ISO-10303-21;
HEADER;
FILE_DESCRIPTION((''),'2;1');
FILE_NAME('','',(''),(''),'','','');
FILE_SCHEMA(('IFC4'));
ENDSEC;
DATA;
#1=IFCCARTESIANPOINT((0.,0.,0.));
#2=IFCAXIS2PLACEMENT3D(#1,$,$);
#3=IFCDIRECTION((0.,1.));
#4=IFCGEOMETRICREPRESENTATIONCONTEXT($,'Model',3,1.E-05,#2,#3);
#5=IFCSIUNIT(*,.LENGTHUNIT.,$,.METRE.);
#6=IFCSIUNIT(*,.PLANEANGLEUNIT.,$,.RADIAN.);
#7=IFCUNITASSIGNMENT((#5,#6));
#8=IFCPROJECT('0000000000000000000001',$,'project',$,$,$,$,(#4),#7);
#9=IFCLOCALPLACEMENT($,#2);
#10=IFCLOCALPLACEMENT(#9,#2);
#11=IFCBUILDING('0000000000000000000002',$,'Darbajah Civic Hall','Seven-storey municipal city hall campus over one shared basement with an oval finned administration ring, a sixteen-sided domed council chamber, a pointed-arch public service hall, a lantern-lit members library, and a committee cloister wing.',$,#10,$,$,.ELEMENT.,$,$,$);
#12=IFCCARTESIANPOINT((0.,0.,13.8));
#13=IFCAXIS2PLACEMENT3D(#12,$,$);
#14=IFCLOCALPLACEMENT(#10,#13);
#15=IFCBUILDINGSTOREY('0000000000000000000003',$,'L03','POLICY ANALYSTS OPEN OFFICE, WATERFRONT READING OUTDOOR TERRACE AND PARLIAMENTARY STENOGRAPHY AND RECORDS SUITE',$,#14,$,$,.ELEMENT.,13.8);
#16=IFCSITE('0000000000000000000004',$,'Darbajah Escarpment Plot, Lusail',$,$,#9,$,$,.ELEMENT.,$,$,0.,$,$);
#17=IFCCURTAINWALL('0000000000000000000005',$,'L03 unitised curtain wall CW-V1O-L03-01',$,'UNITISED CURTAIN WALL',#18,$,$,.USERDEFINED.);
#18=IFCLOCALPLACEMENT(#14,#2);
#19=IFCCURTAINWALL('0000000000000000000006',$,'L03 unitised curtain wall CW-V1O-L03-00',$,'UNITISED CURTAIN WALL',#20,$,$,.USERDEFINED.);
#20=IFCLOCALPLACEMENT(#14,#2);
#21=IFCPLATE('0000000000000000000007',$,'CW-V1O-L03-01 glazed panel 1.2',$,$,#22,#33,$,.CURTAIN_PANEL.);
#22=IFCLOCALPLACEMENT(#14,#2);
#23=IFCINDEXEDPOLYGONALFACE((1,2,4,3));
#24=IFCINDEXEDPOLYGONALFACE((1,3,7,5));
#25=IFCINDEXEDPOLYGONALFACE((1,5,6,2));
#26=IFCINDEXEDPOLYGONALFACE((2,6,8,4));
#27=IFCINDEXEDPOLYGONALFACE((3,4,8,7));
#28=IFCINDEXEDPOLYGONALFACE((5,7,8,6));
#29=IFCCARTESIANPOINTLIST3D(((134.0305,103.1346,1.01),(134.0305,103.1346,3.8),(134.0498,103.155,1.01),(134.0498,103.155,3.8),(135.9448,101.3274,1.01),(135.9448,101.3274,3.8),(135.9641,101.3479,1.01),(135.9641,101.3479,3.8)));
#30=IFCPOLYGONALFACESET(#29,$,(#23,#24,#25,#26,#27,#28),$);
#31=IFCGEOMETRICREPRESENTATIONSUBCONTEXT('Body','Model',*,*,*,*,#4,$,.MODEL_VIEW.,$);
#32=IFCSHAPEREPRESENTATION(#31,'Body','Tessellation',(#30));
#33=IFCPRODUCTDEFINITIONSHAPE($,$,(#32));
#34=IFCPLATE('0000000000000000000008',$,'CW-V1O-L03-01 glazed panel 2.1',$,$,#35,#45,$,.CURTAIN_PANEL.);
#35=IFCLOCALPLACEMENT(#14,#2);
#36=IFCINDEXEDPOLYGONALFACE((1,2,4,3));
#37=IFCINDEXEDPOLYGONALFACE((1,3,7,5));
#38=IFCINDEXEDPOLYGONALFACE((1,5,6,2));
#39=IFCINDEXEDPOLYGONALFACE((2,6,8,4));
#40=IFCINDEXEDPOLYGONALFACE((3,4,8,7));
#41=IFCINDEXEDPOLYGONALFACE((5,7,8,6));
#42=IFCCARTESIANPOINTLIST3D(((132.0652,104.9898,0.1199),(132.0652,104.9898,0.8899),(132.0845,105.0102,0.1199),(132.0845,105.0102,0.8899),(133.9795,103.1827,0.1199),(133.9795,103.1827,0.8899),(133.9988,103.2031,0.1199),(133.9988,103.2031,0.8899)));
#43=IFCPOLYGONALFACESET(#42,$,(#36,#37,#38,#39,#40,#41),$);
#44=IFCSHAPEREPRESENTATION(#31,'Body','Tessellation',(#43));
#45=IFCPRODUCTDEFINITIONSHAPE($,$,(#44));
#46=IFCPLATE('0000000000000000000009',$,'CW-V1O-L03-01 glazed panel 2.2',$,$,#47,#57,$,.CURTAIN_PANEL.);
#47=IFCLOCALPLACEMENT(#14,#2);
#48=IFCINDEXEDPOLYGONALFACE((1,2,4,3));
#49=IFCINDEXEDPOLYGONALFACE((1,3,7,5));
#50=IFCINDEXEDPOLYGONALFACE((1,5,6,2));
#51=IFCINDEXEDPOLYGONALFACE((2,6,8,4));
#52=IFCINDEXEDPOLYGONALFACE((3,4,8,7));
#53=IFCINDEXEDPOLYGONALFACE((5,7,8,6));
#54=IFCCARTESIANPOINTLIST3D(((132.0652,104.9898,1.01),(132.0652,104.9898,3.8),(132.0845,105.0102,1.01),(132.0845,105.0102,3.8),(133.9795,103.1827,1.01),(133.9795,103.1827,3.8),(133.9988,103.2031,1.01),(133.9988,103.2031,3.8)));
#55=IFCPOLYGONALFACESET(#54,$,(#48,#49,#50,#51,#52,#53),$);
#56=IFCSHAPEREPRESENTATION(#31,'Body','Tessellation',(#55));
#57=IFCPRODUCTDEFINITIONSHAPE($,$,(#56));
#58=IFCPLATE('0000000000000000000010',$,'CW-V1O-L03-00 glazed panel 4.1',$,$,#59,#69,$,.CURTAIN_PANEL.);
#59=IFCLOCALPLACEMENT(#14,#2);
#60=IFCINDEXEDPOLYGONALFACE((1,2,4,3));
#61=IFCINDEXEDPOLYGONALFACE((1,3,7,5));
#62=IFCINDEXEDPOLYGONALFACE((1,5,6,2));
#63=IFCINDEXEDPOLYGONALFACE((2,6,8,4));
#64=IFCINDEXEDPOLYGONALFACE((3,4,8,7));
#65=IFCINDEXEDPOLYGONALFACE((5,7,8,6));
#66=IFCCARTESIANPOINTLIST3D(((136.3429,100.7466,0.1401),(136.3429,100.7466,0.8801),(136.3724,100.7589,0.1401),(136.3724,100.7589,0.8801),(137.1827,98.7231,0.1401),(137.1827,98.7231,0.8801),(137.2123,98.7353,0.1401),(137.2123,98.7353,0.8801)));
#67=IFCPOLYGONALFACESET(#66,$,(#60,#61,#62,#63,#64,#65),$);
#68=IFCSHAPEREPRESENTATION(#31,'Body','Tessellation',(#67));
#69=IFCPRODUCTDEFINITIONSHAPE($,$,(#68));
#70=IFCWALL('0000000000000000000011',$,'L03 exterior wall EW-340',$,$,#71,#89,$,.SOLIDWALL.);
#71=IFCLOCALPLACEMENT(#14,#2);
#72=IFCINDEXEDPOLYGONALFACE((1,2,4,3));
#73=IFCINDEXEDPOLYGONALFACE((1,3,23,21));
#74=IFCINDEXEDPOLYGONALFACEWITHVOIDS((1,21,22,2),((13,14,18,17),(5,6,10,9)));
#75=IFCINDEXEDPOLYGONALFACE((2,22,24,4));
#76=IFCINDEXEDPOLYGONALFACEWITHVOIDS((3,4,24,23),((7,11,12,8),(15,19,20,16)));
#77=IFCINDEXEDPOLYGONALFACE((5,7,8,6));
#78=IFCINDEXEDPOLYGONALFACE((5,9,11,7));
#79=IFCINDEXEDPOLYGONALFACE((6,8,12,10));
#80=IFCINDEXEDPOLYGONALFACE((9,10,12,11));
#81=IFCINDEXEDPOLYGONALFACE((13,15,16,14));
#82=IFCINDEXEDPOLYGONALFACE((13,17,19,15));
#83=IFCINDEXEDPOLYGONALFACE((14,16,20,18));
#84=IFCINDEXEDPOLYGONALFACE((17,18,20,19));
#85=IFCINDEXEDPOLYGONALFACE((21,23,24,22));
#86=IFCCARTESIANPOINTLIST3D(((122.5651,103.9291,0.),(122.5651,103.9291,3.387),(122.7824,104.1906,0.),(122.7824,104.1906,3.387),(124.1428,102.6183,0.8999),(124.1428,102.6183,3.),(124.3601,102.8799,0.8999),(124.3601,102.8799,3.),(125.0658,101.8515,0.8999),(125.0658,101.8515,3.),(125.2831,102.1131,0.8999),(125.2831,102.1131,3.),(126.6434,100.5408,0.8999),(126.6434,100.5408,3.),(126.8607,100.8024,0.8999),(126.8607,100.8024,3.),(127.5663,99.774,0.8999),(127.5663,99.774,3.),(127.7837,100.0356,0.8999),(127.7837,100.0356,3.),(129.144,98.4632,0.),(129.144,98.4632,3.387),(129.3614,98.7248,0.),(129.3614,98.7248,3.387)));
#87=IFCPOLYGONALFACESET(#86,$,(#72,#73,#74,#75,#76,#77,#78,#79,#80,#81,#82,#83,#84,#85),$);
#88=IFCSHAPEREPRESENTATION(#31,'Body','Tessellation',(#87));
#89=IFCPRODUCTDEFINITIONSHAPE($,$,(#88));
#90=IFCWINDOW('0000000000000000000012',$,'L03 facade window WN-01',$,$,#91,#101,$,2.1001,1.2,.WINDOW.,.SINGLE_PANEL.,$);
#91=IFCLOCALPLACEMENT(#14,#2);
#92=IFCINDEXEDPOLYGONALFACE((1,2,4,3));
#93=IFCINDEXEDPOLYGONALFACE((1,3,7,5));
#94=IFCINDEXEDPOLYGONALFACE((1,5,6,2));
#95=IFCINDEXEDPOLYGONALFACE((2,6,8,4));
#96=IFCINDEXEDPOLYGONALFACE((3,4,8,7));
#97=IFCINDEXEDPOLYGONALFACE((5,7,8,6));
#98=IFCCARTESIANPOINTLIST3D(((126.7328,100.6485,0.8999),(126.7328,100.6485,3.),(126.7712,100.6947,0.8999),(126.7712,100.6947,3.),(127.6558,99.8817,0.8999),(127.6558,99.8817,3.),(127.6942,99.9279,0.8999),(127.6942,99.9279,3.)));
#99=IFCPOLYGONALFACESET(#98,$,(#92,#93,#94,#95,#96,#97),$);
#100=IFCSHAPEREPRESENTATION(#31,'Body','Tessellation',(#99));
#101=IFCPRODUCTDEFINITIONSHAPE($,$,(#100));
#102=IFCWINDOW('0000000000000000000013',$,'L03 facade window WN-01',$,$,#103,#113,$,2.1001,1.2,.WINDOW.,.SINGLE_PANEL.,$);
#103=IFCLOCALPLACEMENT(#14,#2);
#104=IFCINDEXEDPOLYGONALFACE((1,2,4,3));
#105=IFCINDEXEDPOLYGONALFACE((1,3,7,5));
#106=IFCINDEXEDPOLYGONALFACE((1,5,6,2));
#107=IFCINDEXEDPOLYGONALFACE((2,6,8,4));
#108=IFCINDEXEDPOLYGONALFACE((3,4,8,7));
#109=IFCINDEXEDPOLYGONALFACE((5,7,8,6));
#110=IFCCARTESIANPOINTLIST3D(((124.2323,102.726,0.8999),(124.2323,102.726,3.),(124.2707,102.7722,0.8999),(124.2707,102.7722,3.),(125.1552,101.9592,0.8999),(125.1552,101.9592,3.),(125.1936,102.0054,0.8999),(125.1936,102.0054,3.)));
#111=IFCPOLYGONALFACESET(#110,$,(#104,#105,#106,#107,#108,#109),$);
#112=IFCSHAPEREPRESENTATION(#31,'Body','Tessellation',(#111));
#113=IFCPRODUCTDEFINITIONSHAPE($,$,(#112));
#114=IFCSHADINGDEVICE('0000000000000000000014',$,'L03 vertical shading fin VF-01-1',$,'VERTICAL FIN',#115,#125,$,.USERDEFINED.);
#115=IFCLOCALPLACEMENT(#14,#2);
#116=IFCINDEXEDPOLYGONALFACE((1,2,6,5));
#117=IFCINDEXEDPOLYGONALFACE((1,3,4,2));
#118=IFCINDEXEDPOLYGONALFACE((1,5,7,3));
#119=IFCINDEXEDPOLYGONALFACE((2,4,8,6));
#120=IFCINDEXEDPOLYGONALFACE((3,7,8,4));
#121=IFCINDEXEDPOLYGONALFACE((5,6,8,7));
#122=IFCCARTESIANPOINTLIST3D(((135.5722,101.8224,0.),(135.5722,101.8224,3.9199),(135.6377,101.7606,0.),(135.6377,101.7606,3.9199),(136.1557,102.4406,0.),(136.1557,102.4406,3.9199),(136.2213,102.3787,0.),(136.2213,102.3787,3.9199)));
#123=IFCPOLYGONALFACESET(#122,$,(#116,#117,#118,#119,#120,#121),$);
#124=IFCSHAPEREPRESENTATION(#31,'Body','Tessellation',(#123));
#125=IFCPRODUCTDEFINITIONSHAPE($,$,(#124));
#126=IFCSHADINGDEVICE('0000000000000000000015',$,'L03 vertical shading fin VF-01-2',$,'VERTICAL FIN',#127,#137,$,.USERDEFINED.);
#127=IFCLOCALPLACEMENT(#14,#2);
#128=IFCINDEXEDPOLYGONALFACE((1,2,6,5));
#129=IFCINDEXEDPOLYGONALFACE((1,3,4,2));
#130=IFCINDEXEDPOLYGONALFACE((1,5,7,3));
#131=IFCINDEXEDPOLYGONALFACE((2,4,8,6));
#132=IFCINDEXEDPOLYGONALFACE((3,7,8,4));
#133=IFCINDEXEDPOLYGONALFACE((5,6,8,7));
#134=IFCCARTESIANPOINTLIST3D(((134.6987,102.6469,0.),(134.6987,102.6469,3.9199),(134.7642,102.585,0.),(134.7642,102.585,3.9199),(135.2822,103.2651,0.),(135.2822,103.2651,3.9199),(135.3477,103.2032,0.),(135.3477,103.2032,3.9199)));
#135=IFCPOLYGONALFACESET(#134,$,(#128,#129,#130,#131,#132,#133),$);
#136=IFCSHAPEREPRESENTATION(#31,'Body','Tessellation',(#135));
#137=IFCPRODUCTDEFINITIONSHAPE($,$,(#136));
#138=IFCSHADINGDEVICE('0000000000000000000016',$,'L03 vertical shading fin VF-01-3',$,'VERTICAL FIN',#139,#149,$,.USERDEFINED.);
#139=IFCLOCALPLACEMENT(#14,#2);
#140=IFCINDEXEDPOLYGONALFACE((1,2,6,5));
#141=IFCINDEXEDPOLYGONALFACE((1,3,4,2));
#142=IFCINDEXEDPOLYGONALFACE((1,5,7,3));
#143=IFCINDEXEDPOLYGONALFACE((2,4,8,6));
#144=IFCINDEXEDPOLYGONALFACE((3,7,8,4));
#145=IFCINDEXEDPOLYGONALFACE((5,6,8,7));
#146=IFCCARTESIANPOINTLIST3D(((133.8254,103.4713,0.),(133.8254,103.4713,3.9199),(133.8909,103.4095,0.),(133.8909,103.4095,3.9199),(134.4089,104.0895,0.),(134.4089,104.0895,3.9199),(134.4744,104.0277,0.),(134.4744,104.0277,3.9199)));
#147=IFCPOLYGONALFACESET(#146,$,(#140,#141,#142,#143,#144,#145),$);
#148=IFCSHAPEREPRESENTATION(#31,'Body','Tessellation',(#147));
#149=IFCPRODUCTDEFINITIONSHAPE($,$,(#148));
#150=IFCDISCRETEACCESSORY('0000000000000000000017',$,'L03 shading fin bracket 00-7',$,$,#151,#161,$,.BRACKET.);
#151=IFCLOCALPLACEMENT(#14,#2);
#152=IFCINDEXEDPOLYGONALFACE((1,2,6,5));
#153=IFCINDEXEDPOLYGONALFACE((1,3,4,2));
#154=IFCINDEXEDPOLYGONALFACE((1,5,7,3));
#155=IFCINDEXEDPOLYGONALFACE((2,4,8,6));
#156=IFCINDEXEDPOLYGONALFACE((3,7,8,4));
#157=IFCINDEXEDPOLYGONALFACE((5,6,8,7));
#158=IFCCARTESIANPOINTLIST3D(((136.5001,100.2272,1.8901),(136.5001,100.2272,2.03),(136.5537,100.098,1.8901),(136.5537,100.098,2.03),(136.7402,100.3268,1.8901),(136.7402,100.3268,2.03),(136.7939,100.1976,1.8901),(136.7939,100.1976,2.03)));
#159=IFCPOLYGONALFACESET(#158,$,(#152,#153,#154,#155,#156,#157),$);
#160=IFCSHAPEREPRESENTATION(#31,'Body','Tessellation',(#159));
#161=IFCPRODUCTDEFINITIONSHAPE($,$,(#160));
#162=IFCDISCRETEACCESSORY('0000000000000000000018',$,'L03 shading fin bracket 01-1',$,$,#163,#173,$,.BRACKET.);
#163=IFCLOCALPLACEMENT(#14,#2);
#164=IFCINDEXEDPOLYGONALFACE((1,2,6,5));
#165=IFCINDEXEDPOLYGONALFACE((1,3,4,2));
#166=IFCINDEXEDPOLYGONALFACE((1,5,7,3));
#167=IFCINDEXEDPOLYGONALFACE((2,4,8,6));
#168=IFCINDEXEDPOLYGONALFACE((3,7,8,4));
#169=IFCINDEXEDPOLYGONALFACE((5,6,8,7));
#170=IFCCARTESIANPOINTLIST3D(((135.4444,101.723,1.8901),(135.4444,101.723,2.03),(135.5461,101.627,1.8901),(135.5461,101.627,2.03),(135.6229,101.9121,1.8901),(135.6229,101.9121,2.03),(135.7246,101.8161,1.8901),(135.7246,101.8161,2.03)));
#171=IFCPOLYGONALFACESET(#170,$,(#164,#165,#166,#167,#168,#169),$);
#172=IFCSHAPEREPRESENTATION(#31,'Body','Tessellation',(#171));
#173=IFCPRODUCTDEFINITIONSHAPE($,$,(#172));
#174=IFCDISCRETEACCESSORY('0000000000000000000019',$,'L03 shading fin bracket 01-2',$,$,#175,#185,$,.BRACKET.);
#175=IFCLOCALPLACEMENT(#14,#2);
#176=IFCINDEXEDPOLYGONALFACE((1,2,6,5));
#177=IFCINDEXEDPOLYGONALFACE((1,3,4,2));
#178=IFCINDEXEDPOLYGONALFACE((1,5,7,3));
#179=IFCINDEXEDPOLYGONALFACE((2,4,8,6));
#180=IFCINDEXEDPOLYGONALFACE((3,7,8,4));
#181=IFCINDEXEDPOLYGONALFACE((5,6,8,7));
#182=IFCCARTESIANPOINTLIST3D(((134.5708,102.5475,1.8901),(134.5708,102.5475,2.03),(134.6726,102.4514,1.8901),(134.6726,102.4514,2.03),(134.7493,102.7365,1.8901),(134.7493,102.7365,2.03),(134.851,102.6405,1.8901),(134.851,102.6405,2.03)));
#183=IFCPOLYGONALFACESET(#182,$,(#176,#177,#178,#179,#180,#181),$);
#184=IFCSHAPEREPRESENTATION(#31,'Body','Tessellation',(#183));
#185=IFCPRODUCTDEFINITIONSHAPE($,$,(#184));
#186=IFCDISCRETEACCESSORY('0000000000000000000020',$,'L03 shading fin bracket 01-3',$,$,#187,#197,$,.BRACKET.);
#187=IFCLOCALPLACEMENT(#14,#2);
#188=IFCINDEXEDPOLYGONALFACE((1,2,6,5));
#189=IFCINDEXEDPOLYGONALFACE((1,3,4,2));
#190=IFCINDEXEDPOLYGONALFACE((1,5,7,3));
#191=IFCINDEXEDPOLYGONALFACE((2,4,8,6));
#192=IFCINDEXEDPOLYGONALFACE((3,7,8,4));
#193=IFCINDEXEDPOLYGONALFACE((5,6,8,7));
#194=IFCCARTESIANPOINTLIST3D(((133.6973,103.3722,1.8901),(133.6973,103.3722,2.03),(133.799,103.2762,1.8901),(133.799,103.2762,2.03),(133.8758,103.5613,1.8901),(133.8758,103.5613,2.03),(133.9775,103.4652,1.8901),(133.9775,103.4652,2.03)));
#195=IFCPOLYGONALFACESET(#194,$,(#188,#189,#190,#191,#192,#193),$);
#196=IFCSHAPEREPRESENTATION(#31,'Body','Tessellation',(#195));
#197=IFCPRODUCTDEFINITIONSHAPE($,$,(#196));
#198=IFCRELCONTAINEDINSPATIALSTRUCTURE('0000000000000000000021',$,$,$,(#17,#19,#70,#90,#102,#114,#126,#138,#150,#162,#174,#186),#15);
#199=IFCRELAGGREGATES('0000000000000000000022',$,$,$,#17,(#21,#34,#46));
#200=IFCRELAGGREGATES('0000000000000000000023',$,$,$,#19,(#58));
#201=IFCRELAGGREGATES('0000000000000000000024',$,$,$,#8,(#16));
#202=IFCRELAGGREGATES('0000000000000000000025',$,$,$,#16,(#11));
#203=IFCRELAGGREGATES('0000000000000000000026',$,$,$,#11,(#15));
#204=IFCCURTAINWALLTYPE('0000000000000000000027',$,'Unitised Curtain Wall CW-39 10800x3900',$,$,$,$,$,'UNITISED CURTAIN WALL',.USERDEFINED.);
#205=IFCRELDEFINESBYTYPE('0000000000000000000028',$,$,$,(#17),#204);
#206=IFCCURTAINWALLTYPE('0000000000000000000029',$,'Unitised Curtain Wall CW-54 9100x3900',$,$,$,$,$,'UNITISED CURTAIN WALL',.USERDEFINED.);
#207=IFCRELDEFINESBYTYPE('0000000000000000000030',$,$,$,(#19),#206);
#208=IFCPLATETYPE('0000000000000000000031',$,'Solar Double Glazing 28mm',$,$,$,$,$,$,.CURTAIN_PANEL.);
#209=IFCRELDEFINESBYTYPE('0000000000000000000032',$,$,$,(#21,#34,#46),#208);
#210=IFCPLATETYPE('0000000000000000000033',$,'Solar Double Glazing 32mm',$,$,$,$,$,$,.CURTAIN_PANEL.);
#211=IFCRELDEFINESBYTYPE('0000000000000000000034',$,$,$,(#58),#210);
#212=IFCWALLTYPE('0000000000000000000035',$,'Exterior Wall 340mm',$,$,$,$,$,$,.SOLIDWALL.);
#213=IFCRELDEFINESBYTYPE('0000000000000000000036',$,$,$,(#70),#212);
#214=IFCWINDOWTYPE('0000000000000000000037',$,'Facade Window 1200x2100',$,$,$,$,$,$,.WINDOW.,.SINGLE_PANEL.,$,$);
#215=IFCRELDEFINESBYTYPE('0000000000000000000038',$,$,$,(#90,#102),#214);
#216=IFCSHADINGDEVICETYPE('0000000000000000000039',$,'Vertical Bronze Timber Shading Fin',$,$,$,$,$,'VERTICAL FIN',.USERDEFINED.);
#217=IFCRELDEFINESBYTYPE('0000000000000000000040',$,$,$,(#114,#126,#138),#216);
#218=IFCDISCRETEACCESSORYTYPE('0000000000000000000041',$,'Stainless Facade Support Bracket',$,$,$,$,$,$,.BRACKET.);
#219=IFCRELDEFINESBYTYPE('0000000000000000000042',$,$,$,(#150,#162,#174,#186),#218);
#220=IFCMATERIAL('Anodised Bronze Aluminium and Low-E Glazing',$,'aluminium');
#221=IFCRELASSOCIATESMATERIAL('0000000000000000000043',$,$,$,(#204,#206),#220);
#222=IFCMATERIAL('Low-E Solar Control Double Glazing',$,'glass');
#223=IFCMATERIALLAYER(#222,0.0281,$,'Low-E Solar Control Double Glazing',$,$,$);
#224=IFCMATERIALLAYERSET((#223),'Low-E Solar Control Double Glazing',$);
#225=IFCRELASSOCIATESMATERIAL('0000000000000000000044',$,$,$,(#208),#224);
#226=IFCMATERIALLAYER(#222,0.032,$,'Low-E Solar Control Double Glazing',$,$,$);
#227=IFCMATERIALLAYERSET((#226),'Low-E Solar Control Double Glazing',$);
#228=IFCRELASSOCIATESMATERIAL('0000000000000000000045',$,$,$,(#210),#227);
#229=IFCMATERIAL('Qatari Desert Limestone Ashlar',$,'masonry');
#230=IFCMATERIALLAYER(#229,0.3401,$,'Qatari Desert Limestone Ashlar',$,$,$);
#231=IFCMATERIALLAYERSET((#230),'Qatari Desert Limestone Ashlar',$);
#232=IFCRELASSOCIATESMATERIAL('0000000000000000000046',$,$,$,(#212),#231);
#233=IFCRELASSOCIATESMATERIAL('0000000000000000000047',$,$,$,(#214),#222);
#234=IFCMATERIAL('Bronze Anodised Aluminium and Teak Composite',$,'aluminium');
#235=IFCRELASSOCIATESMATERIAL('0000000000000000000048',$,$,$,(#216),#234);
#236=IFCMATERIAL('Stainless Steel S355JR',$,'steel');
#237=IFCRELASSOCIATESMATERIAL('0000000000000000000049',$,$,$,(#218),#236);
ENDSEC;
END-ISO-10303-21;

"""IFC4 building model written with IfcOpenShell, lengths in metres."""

from ifc_helpers import new_model, si_unit, direction, frame, frame_2d, origin, origin_2d, place, context, subcontext, project, spatial, rectangle, extrude, material, layer, layer_set, type_object, element, fill, aggregate, save


model = new_model("IFC4")

# Units and contexts
model_context = context("Model", 3, precision=1e-05, world=origin(), true_north=direction((0.0, 1.0)))
body_context = subcontext(model_context, "Body", "Model", "MODEL_VIEW")
ifc_project = project(units=[si_unit("LENGTHUNIT", "METRE"), si_unit("PLANEANGLEUNIT", "RADIAN")], contexts=[model_context])

# Site, building, storey
site_placement = place(None, origin())
site = spatial("IfcSite", under=ifc_project, at=site_placement, Name="Darbajah Escarpment Plot, Lusail", CompositionType="ELEMENT", RefElevation=0.0)
building_placement = place(site_placement, origin())
building = spatial("IfcBuilding", under=site, at=building_placement, Name="Darbajah Civic Hall", Description="Seven-storey municipal city hall campus over one shared basement with an oval finned administration ring, a sixteen-sided domed council chamber, a pointed-arch public service hall, a lantern-lit members library, and a committee cloister wing.", CompositionType="ELEMENT")
storey_placement = place(building_placement, frame((0.0, 0.0, 13.8)))
storey = spatial("IfcBuildingStorey", under=building, at=storey_placement, Name="L03", Description="POLICY ANALYSTS OPEN OFFICE, WATERFRONT READING OUTDOOR TERRACE AND PARLIAMENTARY STENOGRAPHY AND RECORDS SUITE", CompositionType="ELEMENT", Elevation=13.8)

# Curtain wall
ifc_material_1 = material(Name="Anodised Bronze Aluminium and Low-E Glazing", Category="aluminium")
curtain_wall_type_1 = type_object("IfcCurtainWallType", Name="Unitised Curtain Wall CW-39 10800x3900", ElementType="UNITISED CURTAIN WALL", PredefinedType="USERDEFINED", material=ifc_material_1)
curtain_wall_1_placement = place(storey_placement, origin())
curtain_wall_1 = element("IfcCurtainWall", 1, at=curtain_wall_1_placement, inside=storey, type_object=curtain_wall_type_1, Name="L03 unitised curtain wall CW-V1O-L03-01", ObjectType="UNITISED CURTAIN WALL", PredefinedType="USERDEFINED")

# Curtain wall
curtain_wall_type_2 = type_object("IfcCurtainWallType", Name="Unitised Curtain Wall CW-54 9100x3900", ElementType="UNITISED CURTAIN WALL", PredefinedType="USERDEFINED", material=ifc_material_1)
curtain_wall_2_placement = place(storey_placement, origin())
curtain_wall_2 = element("IfcCurtainWall", 2, at=curtain_wall_2_placement, inside=storey, type_object=curtain_wall_type_2, Name="L03 unitised curtain wall CW-V1O-L03-00", ObjectType="UNITISED CURTAIN WALL", PredefinedType="USERDEFINED")

# Plates
ifc_material_2 = material(Name="Low-E Solar Control Double Glazing", Category="glass")
ifc_layer_1 = layer(ifc_material_2, 0.0281, Name="Low-E Solar Control Double Glazing")
ifc_layer_set_1 = layer_set([ifc_layer_1], Name="Low-E Solar Control Double Glazing")
plate_type_1 = type_object("IfcPlateType", Name="Solar Double Glazing 28mm", PredefinedType="CURTAIN_PANEL", material=ifc_layer_set_1)
plate_1_placement = place(storey_placement, frame((134.9973, 102.2412, 1.01), z_axis=(0.0, 0.0, 1.0), x_axis=(-0.727174, 0.686453, 0.0)))
plate_1 = element("IfcPlate", 3, at=plate_1_placement, type_object=plate_type_1, Name="CW-V1O-L03-01 glazed panel 1.2", PredefinedType="CURTAIN_PANEL", context=body_context, shape_type="SweptSolid", body=[
    extrude(rectangle(XDim=2.6326, YDim=0.0281, at=origin_2d()), origin(), (0.0, 0.0, 1.0), 2.79),
])
plate_2_placement = place(storey_placement, frame((133.032, 104.0964, 0.1199), z_axis=(0.0, 0.0, 1.0), x_axis=(-0.727174, 0.686453, 0.0)))
plate_2 = element("IfcPlate", 4, at=plate_2_placement, type_object=plate_type_1, Name="CW-V1O-L03-01 glazed panel 2.1", PredefinedType="CURTAIN_PANEL", context=body_context, shape_type="SweptSolid", body=[
    extrude(rectangle(XDim=2.6326, YDim=0.0281, at=origin_2d()), origin(), (0.0, 0.0, 1.0), 0.77),
])
plate_3_placement = place(storey_placement, frame((133.032, 104.0964, 1.01), z_axis=(0.0, 0.0, 1.0), x_axis=(-0.727174, 0.686453, 0.0)))
plate_3 = element("IfcPlate", 5, at=plate_3_placement, type_object=plate_type_1, Name="CW-V1O-L03-01 glazed panel 2.2", PredefinedType="CURTAIN_PANEL", context=body_context, shape_type="SweptSolid", body=[
    extrude(rectangle(XDim=2.6326, YDim=0.0281, at=origin_2d()), origin(), (0.0, 0.0, 1.0), 2.79),
])
aggregate(curtain_wall_1, [plate_1, plate_2, plate_3])
ifc_layer_2 = layer(ifc_material_2, 0.032, Name="Low-E Solar Control Double Glazing")
ifc_layer_set_2 = layer_set([ifc_layer_2], Name="Low-E Solar Control Double Glazing")
plate_type_2 = type_object("IfcPlateType", Name="Solar Double Glazing 32mm", PredefinedType="CURTAIN_PANEL", material=ifc_layer_set_2)
plate_4_placement = place(storey_placement, frame((136.7776, 99.741, 0.1401), z_axis=(0.0, 0.0, 1.0), x_axis=(-0.383328, 0.923612, 0.0)))
plate_4 = element("IfcPlate", 6, at=plate_4_placement, type_object=plate_type_2, Name="CW-V1O-L03-00 glazed panel 4.1", PredefinedType="CURTAIN_PANEL", context=body_context, shape_type="SweptSolid", body=[
    extrude(rectangle(XDim=2.1909, YDim=0.032, at=origin_2d()), origin(), (0.0, 0.0, 1.0), 0.74),
])
aggregate(curtain_wall_2, [plate_4])

# Wall, openings, windows
ifc_material_3 = material(Name="Qatari Desert Limestone Ashlar", Category="masonry")
ifc_layer_3 = layer(ifc_material_3, 0.3401, Name="Qatari Desert Limestone Ashlar")
ifc_layer_set_3 = layer_set([ifc_layer_3], Name="Qatari Desert Limestone Ashlar")
wall_type = type_object("IfcWallType", Name="Exterior Wall 340mm", PredefinedType="SOLIDWALL", material=ifc_layer_set_3)
wall_placement = place(storey_placement, frame((129.2527, 98.594, 0.0), z_axis=(0.0, 0.0, 1.0), x_axis=(-0.769173, 0.639041, 0.0)))
wall = element("IfcWall", 7, at=wall_placement, inside=storey, type_object=wall_type, Name="L03 exterior wall EW-340", PredefinedType="SOLIDWALL", context=body_context, shape_type="SweptSolid", body=[
    extrude(rectangle(XDim=8.5532, YDim=0.3401, at=frame_2d((4.2766, 0.0))), origin(), (0.0, 0.0, 1.0), 3.387),
])
opening_1_placement = place(wall_placement, frame((2.051, 0.0, 0.8999)))
opening_1 = element("IfcOpeningElement", 8, at=opening_1_placement, cuts=wall, PredefinedType="OPENING", context=body_context, shape_type="SweptSolid", body=[
    extrude(rectangle(XDim=1.2, YDim=2.1001, at=frame_2d((0.6001, 1.05))), frame((0.0, 0.1799, 0.0), z_axis=(0.0, -1.0, 0.0), x_axis=(1.0, 0.0, 0.0)), (0.0, 0.0, 1.0), 0.3601),
])
opening_2_placement = place(wall_placement, frame((5.302, 0.0, 0.8999)))
opening_2 = element("IfcOpeningElement", 9, at=opening_2_placement, cuts=wall, PredefinedType="OPENING", context=body_context, shape_type="SweptSolid", body=[
    extrude(rectangle(XDim=1.2, YDim=2.1001, at=frame_2d((0.6001, 1.05))), frame((0.0, 0.1799, 0.0), z_axis=(0.0, -1.0, 0.0), x_axis=(1.0, 0.0, 0.0)), (0.0, 0.0, 1.0), 0.3601),
])
window_type = type_object("IfcWindowType", Name="Facade Window 1200x2100", PartitioningType="SINGLE_PANEL", PredefinedType="WINDOW", material=ifc_material_2)
window_1_placement = place(opening_1_placement, origin())
window_1 = element("IfcWindow", 10, at=window_1_placement, inside=storey, type_object=window_type, Name="L03 facade window WN-01", OverallHeight=2.1001, OverallWidth=1.2, PartitioningType="SINGLE_PANEL", PredefinedType="WINDOW", context=body_context, shape_type="SweptSolid", body=[
    extrude(rectangle(XDim=1.2, YDim=2.1001, at=frame_2d((0.6001, 1.05))), frame((0.0, 0.03, 0.0), z_axis=(0.0, -1.0, 0.0), x_axis=(1.0, 0.0, 0.0)), (0.0, 0.0, 1.0), 0.0601),
])
fill(opening_1, window_1)
window_2_placement = place(opening_2_placement, origin())
window_2 = element("IfcWindow", 11, at=window_2_placement, inside=storey, type_object=window_type, Name="L03 facade window WN-01", OverallHeight=2.1001, OverallWidth=1.2, PartitioningType="SINGLE_PANEL", PredefinedType="WINDOW", context=body_context, shape_type="SweptSolid", body=[
    extrude(rectangle(XDim=1.2, YDim=2.1001, at=frame_2d((0.6001, 1.05))), frame((0.0, 0.03, 0.0), z_axis=(0.0, -1.0, 0.0), x_axis=(1.0, 0.0, 0.0)), (0.0, 0.0, 1.0), 0.0601),
])
fill(opening_2, window_2)

# Shading devices
ifc_material_4 = material(Name="Bronze Anodised Aluminium and Teak Composite", Category="aluminium")
shading_device_type = type_object("IfcShadingDeviceType", Name="Vertical Bronze Timber Shading Fin", ElementType="VERTICAL FIN", PredefinedType="USERDEFINED", material=ifc_material_4)
for number, where, z_axis, x_axis, name in (
    (12, (135.8967, 102.1006, 0.0), (0.0, 0.0, 1.0), (0.686453, 0.727174, 0.0), "L03 vertical shading fin VF-01-1"),
    (13, (135.0232, 102.925, 0.0), (0.0, 0.0, 1.0), (0.686453, 0.727174, 0.0), "L03 vertical shading fin VF-01-2"),
    (14, (134.1499, 103.7495, 0.0), (0.0, 0.0, 1.0), (0.686453, 0.727174, 0.0), "L03 vertical shading fin VF-01-3"),
):
    element("IfcShadingDevice", number, at=place(storey_placement, frame(where, z_axis=z_axis, x_axis=x_axis)), inside=storey, type_object=shading_device_type, Name=name, ObjectType="VERTICAL FIN", PredefinedType="USERDEFINED", context=body_context, shape_type="SweptSolid", body=[
        extrude(rectangle(XDim=0.8501, YDim=0.0901, at=origin_2d()), origin(), (0.0, 0.0, 1.0), 3.9199),
    ])

# Discrete accessories
ifc_material_5 = material(Name="Stainless Steel S355JR", Category="steel")
discrete_accessory_type = type_object("IfcDiscreteAccessoryType", Name="Stainless Facade Support Bracket", PredefinedType="BRACKET", material=ifc_material_5)
for number, where, z_axis, x_axis, name in (
    (15, (136.647, 100.2124, 1.8901), (0.0, 0.0, 1.0), (0.923612, 0.383328, 0.0), "L03 shading fin bracket 00-7"),
    (16, (135.5845, 101.7695, 1.8901), (0.0, 0.0, 1.0), (0.686453, 0.727174, 0.0), "L03 shading fin bracket 01-1"),
    (17, (134.7109, 102.594, 1.8901), (0.0, 0.0, 1.0), (0.686453, 0.727174, 0.0), "L03 shading fin bracket 01-2"),
    (18, (133.8374, 103.4187, 1.8901), (0.0, 0.0, 1.0), (0.686453, 0.727174, 0.0), "L03 shading fin bracket 01-3"),
):
    element("IfcDiscreteAccessory", number, at=place(storey_placement, frame(where, z_axis=z_axis, x_axis=x_axis)), inside=storey, type_object=discrete_accessory_type, Name=name, PredefinedType="BRACKET", context=body_context, shape_type="SweptSolid", body=[
        extrude(rectangle(XDim=0.26, YDim=0.1399, at=origin_2d()), origin(), (0.0, 0.0, 1.0), 0.1399),
    ])

save(model, "model.ifc")
